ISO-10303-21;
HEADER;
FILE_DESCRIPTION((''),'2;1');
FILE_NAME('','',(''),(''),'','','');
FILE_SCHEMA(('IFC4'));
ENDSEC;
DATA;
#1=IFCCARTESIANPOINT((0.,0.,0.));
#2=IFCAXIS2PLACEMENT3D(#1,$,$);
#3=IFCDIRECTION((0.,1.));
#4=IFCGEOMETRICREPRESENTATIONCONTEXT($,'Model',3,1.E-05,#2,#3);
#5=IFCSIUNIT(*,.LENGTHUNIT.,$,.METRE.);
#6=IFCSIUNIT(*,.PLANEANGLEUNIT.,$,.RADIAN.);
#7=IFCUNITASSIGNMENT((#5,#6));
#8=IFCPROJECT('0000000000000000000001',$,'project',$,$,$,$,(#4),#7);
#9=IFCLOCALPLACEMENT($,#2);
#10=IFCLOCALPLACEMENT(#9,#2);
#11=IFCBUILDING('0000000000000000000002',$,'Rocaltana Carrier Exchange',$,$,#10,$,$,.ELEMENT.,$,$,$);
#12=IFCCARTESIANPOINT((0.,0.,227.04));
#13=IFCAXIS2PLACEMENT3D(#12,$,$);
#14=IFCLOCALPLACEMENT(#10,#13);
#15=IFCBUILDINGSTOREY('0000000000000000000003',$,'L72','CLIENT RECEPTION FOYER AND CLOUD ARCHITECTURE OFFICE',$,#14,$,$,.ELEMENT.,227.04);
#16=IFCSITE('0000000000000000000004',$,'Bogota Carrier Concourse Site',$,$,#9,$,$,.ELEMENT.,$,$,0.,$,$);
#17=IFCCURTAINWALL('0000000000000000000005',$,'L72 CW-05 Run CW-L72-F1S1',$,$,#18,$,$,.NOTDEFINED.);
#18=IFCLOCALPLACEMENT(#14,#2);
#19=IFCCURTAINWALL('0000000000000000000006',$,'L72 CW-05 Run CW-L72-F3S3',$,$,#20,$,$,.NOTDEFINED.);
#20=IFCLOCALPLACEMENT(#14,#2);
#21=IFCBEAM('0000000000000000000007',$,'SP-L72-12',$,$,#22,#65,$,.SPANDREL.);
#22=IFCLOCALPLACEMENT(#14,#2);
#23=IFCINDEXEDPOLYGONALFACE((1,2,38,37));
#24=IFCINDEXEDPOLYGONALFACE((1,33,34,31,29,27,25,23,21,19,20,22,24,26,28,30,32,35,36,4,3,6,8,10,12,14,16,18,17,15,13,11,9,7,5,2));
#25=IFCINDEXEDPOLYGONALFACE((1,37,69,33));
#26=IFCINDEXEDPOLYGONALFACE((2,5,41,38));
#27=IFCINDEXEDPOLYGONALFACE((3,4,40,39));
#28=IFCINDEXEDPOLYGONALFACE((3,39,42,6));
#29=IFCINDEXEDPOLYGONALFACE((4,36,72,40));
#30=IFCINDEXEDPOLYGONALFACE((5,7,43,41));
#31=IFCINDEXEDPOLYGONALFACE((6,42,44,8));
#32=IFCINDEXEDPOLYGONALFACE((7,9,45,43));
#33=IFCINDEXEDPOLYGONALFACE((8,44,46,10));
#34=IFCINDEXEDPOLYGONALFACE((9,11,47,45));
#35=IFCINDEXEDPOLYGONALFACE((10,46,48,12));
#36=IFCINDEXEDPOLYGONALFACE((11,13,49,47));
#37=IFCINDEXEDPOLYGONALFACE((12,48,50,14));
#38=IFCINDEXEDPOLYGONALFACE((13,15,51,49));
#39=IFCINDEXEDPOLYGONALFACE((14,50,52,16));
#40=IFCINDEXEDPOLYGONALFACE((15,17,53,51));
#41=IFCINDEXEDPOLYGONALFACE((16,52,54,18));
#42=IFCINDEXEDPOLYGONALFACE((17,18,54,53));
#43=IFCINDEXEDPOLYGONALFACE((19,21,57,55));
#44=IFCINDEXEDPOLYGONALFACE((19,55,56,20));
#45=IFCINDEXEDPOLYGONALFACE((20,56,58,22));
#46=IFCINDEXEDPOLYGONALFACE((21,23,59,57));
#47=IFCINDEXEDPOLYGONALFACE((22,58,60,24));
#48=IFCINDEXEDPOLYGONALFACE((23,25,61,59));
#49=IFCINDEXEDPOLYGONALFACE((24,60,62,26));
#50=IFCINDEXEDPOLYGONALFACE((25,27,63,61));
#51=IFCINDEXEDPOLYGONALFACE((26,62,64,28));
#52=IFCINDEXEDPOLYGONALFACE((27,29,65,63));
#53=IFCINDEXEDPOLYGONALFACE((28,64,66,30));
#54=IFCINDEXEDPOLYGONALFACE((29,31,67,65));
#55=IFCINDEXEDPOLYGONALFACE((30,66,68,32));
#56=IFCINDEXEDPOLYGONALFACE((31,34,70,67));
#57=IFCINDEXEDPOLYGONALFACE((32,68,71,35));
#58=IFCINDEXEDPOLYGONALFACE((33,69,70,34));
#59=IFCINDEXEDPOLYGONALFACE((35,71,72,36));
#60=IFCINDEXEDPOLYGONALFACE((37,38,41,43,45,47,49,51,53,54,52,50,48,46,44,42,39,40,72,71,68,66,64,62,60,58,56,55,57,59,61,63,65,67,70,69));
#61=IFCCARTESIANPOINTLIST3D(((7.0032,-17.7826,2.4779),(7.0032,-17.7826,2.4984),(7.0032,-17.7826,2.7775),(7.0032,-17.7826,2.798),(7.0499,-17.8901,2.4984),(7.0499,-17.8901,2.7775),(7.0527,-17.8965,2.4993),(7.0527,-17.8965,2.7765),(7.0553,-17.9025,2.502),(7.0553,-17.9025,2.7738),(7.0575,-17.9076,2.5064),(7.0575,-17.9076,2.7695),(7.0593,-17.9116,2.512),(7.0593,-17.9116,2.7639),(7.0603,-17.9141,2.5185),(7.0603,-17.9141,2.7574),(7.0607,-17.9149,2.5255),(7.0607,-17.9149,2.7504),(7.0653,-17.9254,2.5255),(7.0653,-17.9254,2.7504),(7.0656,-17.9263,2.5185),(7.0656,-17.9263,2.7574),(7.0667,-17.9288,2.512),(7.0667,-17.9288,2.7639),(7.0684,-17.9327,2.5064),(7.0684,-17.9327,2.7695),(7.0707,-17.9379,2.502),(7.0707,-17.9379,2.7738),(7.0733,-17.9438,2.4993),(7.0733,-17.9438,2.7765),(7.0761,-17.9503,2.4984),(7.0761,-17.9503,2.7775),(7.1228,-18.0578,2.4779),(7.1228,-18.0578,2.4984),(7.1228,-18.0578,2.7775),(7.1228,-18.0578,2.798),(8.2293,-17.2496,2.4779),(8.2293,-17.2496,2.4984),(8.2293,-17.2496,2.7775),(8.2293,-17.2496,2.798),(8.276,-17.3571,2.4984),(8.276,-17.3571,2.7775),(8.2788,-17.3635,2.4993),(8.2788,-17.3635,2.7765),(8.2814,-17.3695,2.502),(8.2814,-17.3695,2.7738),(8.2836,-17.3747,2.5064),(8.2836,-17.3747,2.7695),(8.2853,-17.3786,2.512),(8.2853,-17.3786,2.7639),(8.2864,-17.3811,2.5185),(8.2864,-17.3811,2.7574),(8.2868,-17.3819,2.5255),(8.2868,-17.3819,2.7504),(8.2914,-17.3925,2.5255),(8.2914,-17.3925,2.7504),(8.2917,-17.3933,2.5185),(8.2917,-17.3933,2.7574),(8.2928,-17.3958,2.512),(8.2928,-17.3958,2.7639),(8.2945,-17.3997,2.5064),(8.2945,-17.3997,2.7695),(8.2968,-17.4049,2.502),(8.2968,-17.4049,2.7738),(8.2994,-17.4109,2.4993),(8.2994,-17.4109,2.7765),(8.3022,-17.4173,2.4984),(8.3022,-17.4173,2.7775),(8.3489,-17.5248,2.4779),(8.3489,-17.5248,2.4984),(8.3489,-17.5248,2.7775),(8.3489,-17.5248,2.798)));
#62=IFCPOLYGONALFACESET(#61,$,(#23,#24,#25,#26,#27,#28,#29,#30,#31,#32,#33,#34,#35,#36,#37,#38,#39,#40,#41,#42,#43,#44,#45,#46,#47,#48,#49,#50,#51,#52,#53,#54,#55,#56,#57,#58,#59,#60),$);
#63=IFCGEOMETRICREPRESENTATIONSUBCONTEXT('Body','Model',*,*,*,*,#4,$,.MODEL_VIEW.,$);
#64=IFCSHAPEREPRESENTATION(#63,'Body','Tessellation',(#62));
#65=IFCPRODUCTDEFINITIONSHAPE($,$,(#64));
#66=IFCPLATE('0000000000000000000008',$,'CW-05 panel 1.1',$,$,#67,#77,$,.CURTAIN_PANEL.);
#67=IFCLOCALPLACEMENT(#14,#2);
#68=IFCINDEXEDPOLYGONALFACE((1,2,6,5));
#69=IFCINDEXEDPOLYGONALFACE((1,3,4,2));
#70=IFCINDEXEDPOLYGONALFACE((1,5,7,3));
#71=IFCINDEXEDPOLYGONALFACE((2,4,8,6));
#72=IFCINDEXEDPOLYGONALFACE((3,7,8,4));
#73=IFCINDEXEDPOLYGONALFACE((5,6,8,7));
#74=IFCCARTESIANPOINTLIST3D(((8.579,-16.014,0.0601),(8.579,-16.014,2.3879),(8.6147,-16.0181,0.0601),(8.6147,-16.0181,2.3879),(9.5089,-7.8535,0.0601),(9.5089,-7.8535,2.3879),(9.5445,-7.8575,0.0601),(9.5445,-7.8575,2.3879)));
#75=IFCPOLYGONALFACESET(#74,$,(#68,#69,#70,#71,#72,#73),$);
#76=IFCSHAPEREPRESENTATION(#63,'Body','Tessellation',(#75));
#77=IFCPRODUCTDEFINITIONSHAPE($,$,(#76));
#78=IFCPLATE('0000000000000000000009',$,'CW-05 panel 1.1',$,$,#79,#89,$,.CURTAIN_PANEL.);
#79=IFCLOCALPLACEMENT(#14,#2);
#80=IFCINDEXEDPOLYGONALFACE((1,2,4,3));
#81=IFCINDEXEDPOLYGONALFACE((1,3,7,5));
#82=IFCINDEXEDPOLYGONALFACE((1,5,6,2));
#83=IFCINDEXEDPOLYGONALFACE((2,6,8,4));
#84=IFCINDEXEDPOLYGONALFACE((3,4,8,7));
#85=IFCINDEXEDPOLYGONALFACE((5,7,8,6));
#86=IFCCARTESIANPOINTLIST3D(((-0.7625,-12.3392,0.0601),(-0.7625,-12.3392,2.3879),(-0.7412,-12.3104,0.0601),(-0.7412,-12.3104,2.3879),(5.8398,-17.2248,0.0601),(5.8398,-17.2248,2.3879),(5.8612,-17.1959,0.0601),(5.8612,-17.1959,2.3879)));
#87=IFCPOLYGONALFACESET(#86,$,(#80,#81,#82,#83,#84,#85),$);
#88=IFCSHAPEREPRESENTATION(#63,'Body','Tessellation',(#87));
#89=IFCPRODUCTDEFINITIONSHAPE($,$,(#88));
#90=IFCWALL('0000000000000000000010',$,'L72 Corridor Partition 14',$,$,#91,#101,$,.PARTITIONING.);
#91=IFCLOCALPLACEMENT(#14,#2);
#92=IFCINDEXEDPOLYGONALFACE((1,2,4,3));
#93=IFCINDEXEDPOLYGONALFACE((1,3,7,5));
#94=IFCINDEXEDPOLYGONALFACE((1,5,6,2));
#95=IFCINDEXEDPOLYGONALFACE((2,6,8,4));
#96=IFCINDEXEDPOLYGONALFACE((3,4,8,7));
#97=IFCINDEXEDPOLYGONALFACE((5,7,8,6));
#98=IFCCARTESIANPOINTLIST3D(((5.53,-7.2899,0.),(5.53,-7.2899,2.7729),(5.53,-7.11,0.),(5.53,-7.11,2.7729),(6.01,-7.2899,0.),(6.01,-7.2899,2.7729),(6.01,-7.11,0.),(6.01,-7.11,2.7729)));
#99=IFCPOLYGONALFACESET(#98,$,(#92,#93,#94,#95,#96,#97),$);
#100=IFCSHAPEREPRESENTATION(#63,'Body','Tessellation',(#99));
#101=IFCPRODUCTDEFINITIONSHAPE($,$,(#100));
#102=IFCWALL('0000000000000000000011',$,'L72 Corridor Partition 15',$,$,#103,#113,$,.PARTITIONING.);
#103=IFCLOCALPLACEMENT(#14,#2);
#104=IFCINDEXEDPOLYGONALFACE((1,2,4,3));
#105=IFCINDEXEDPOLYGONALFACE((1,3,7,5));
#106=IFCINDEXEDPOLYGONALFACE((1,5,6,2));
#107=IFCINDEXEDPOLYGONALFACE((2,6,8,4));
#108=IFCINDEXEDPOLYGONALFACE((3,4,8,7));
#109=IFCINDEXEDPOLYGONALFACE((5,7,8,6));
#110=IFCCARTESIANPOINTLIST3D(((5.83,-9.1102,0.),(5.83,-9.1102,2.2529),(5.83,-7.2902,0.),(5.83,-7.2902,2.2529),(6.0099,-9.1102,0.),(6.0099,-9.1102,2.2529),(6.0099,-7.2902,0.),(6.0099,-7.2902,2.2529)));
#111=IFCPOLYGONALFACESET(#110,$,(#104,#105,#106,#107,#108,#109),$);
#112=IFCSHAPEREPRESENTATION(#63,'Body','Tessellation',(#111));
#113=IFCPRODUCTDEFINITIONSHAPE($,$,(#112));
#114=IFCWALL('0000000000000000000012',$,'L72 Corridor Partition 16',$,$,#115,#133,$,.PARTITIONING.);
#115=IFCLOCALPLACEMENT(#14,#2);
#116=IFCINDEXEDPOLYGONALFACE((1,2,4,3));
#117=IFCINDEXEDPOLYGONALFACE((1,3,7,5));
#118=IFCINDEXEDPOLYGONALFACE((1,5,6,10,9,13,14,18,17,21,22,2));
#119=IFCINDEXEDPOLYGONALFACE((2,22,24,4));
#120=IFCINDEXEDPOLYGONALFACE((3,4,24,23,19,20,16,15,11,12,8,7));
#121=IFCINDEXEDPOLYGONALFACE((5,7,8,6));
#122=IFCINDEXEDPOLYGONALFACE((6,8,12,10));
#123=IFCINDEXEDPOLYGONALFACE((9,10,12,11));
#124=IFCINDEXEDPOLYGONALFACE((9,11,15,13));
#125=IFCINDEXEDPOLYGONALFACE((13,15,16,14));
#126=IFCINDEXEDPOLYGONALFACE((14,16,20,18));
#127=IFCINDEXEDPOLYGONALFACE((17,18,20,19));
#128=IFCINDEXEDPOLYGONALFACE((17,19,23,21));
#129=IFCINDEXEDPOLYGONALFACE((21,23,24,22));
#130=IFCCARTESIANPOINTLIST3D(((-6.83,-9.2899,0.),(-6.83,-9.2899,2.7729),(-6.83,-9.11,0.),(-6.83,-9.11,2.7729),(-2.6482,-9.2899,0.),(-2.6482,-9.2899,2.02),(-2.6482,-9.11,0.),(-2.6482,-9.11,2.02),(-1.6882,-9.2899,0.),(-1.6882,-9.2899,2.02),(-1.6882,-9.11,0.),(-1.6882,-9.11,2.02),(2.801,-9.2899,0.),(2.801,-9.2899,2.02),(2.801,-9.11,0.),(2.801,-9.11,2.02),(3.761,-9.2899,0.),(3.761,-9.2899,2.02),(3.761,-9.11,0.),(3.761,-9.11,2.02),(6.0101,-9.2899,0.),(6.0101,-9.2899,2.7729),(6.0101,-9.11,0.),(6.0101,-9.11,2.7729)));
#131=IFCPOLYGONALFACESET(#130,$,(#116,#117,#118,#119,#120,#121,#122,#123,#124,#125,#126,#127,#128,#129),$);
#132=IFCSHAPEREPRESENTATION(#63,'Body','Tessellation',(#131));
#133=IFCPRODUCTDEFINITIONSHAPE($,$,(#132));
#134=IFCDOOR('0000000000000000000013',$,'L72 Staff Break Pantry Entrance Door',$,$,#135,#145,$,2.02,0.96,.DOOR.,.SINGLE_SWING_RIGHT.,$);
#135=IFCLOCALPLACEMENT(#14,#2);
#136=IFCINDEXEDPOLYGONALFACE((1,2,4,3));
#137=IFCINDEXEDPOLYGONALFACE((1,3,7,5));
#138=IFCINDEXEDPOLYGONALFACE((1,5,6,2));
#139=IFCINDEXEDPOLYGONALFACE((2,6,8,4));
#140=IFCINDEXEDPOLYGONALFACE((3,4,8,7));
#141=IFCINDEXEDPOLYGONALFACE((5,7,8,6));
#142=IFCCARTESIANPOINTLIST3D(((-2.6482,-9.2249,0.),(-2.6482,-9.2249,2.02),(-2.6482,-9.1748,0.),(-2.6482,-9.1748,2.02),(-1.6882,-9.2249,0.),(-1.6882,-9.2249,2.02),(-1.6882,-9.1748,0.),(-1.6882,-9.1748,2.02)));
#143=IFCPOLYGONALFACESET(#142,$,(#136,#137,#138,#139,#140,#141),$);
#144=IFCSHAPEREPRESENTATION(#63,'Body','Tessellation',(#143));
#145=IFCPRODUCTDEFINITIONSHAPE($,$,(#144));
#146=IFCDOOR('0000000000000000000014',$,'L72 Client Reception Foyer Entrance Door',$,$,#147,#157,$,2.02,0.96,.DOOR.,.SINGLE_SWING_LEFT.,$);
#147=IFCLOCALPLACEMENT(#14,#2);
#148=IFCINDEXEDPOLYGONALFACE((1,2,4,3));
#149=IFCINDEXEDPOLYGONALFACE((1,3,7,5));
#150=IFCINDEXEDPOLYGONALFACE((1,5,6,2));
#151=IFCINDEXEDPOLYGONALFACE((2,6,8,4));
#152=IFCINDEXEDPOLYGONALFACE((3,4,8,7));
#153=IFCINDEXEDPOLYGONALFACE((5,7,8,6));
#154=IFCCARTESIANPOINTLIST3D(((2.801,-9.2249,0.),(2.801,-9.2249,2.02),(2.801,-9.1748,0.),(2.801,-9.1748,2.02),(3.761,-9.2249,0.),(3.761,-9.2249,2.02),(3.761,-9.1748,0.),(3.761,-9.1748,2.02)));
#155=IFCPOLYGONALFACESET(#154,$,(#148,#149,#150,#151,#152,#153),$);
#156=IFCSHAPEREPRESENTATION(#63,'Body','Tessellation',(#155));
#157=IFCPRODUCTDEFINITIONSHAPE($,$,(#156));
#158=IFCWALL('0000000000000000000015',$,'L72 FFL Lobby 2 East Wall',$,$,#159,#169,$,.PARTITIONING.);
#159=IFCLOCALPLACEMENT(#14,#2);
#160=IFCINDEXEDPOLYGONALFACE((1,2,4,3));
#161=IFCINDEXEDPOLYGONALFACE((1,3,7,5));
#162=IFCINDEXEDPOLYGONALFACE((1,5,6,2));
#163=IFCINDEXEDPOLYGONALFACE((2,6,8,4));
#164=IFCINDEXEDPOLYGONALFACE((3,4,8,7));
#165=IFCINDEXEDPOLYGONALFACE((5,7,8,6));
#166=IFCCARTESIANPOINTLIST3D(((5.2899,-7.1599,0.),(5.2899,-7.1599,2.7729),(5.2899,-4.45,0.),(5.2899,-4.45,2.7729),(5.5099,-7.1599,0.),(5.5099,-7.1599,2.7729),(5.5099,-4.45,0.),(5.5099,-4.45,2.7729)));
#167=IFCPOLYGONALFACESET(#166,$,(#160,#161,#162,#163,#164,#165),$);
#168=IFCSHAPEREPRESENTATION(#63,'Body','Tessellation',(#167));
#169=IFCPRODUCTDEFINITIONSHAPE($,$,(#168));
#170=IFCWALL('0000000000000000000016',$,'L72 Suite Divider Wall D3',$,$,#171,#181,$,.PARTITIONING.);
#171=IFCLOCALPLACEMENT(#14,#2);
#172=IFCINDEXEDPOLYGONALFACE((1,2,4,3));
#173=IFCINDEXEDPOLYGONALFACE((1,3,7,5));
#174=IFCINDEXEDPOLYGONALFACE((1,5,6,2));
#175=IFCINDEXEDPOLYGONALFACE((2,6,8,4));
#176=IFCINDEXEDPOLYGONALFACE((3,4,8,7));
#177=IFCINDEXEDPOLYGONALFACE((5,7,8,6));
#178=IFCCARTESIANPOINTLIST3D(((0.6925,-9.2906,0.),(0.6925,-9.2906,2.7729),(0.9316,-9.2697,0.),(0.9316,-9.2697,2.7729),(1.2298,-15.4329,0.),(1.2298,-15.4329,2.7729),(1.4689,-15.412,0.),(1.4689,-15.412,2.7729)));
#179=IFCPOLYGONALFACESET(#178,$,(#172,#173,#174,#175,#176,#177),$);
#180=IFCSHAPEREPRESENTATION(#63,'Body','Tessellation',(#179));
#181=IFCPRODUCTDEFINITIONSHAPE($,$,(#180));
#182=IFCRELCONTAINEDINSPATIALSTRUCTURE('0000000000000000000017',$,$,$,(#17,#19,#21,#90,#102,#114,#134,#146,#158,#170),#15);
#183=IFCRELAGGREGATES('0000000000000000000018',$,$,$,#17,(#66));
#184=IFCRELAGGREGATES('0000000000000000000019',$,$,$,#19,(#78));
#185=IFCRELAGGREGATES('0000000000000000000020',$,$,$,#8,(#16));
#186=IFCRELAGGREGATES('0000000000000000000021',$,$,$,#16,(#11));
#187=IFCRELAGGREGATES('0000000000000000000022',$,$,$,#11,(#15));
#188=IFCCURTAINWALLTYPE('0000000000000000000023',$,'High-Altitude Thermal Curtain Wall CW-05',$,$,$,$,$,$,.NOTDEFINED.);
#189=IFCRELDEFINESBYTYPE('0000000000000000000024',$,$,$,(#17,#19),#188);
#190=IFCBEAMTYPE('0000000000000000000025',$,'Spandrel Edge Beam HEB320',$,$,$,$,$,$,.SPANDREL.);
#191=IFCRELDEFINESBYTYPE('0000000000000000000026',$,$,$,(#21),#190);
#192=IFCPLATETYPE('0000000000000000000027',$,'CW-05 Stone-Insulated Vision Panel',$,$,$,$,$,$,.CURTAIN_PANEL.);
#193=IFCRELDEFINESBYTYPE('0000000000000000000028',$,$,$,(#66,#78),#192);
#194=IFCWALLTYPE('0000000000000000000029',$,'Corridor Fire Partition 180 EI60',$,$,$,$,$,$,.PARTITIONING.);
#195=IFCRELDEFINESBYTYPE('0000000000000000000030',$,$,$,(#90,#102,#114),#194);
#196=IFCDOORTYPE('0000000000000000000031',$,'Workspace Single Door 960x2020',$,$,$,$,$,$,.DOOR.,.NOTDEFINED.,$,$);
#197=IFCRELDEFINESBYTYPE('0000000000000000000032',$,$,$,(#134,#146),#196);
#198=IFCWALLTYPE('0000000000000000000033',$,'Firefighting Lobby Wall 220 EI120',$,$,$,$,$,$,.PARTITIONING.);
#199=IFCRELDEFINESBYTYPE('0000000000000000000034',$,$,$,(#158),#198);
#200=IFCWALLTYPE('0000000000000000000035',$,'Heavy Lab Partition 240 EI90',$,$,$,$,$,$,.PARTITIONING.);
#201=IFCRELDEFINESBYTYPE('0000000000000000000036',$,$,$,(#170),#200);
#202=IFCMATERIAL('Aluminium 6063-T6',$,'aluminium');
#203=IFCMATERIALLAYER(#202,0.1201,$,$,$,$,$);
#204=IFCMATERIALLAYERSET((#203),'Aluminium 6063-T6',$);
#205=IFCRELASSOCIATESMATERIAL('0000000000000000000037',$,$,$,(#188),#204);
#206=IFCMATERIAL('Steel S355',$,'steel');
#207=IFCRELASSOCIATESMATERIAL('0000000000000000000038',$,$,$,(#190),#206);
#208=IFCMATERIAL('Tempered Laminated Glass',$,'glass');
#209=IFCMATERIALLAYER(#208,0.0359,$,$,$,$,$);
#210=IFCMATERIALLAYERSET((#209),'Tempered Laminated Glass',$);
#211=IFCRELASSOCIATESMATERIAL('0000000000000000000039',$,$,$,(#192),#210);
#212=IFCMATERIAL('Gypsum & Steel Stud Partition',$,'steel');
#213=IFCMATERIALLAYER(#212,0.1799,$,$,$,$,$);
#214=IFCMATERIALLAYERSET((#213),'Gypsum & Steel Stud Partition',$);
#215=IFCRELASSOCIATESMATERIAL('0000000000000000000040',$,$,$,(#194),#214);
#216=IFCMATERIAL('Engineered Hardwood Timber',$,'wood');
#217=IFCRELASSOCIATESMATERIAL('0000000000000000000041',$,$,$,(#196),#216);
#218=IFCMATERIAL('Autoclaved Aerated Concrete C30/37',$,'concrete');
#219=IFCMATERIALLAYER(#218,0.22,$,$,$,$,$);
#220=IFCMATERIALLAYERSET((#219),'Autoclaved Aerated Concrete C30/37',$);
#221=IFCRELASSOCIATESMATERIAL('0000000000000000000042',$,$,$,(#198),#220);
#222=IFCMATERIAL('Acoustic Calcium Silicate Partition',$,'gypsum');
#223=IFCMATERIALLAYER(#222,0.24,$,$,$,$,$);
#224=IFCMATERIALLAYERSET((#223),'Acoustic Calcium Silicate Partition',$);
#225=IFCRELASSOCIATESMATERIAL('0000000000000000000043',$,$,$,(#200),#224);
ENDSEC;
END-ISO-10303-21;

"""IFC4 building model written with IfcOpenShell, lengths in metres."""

from ifc_helpers import new_model, si_unit, direction, frame, frame_2d, origin, origin_2d, place, context, subcontext, project, spatial, rectangle, i_section, extrude, material, layer, layer_set, material_profile, profile_set, type_object, element, fill, aggregate, save


model = new_model("IFC4")

# Units and contexts
model_context = context("Model", 3, precision=1e-05, world=origin(), true_north=direction((0.0, 1.0)))
body_context = subcontext(model_context, "Body", "Model", "MODEL_VIEW")
ifc_project = project(units=[si_unit("LENGTHUNIT", "METRE"), si_unit("PLANEANGLEUNIT", "RADIAN")], contexts=[model_context])

# Site, building, storey
site_placement = place(None, origin())
site = spatial("IfcSite", under=ifc_project, at=site_placement, Name="Bogota Carrier Concourse Site", CompositionType="ELEMENT", RefElevation=0.0)
building_placement = place(site_placement, origin())
building = spatial("IfcBuilding", under=site, at=building_placement, Name="Rocaltana Carrier Exchange", CompositionType="ELEMENT")
storey_placement = place(building_placement, frame((0.0, 0.0, 227.04)))
storey = spatial("IfcBuildingStorey", under=building, at=storey_placement, Name="L72", Description="CLIENT RECEPTION FOYER AND CLOUD ARCHITECTURE OFFICE", CompositionType="ELEMENT", Elevation=227.04)

# Curtain wall
ifc_material_1 = material(Name="Aluminium 6063-T6", Category="aluminium")
ifc_layer_1 = layer(ifc_material_1, 0.1201)
ifc_layer_set_1 = layer_set([ifc_layer_1], Name="Aluminium 6063-T6")
curtain_wall_type = type_object("IfcCurtainWallType", Name="High-Altitude Thermal Curtain Wall CW-05", PredefinedType="NOTDEFINED", material=ifc_layer_set_1)
curtain_wall_1_placement = place(storey_placement, origin())
curtain_wall_1 = element("IfcCurtainWall", 1, at=curtain_wall_1_placement, inside=storey, type_object=curtain_wall_type, Name="L72 CW-05 Run CW-L72-F1S1", PredefinedType="NOTDEFINED")

# Curtain wall
curtain_wall_2_placement = place(storey_placement, origin())
curtain_wall_2 = element("IfcCurtainWall", 2, at=curtain_wall_2_placement, inside=storey, type_object=curtain_wall_type, Name="L72 CW-05 Run CW-L72-F3S3", PredefinedType="NOTDEFINED")

# Beam
ifc_material_2 = material(Name="Steel S355", Category="steel")
ifc_material_profile_1 = material_profile(ifc_material_2, i_section(OverallWidth=0.3, OverallDepth=0.3201, WebThickness=0.0115, FlangeThickness=0.0205, FilletRadius=0.0271, at=origin_2d()), Name="HEB320")
ifc_profile_set_1 = profile_set([ifc_material_profile_1], Name="Steel S355")
beam_type_1 = type_object("IfcBeamType", Name="Spandrel Edge Beam HEB320", PredefinedType="SPANDREL", material=ifc_profile_set_1)
beam_1_placement = place(storey_placement, frame((7.063, -17.9202, 2.6379), z_axis=(0.917102, 0.398653, 0.0), x_axis=(-0.398653, 0.917102, 0.0)))
element("IfcBeam", 3, at=beam_1_placement, inside=storey, type_object=beam_type_1, Name="SP-L72-12", PredefinedType="SPANDREL", context=body_context, shape_type="SweptSolid", body=[
    extrude(i_section(OverallWidth=0.3, OverallDepth=0.3201, WebThickness=0.0115, FlangeThickness=0.0205, FilletRadius=0.0271, at=origin_2d()), origin(), (0.0, 0.0, 1.0), 1.3369),
])

# Plates
ifc_material_3 = material(Name="Tempered Laminated Glass", Category="glass")
ifc_layer_2 = layer(ifc_material_3, 0.0359)
ifc_layer_set_2 = layer_set([ifc_layer_2], Name="Tempered Laminated Glass")
plate_type = type_object("IfcPlateType", Name="CW-05 Stone-Insulated Vision Panel", PredefinedType="CURTAIN_PANEL", material=ifc_layer_set_2)
plate_1_placement = place(storey_placement, frame((9.0618, -11.9358, 0.0601), z_axis=(0.0, 0.0, 1.0), x_axis=(0.113209, 0.993571, 0.0)))
plate_1 = element("IfcPlate", 4, at=plate_1_placement, type_object=plate_type, Name="CW-05 panel 1.1", PredefinedType="CURTAIN_PANEL", context=body_context, shape_type="SweptSolid", body=[
    extrude(rectangle(XDim=8.2134, YDim=0.0359, at=origin_2d()), origin(), (0.0, 0.0, 1.0), 2.3279),
])
aggregate(curtain_wall_1, [plate_1])
plate_2_placement = place(storey_placement, frame((2.5493, -14.7676, 0.0601), z_axis=(0.0, 0.0, 1.0), x_axis=(0.803854, -0.594827, 0.0)))
plate_2 = element("IfcPlate", 5, at=plate_2_placement, type_object=plate_type, Name="CW-05 panel 1.1", PredefinedType="CURTAIN_PANEL", context=body_context, shape_type="SweptSolid", body=[
    extrude(rectangle(XDim=8.2134, YDim=0.0359, at=origin_2d()), origin(), (0.0, 0.0, 1.0), 2.3279),
])
aggregate(curtain_wall_2, [plate_2])

# Walls
ifc_material_4 = material(Name="Gypsum & Steel Stud Partition", Category="steel")
ifc_layer_3 = layer(ifc_material_4, 0.1799)
ifc_layer_set_3 = layer_set([ifc_layer_3], Name="Gypsum & Steel Stud Partition")
wall_type_1 = type_object("IfcWallType", Name="Corridor Fire Partition 180 EI60", PredefinedType="PARTITIONING", material=ifc_layer_set_3)
wall_1_placement = place(storey_placement, frame((5.53, -7.2, 0.0), z_axis=(0.0, 0.0, 1.0), x_axis=(1.0, 0.0, 0.0)))
element("IfcWall", 6, at=wall_1_placement, inside=storey, type_object=wall_type_1, Name="L72 Corridor Partition 14", PredefinedType="PARTITIONING", context=body_context, shape_type="SweptSolid", body=[
    extrude(rectangle(XDim=0.48, YDim=0.1799, at=frame_2d((0.24, 0.0))), origin(), (0.0, 0.0, 1.0), 2.7729),
])
wall_2_placement = place(storey_placement, frame((5.9199, -7.29, 0.0), z_axis=(0.0, 0.0, 1.0), x_axis=(0.0, -1.0, 0.0)))
element("IfcWall", 7, at=wall_2_placement, inside=storey, type_object=wall_type_1, Name="L72 Corridor Partition 15", PredefinedType="PARTITIONING", context=body_context, shape_type="SweptSolid", body=[
    extrude(rectangle(XDim=1.8201, YDim=0.1799, at=frame_2d((0.9102, 0.0))), origin(), (0.0, 0.0, 1.0), 2.2529),
])

# Wall, openings, doors
wall_3_placement = place(storey_placement, frame((6.01, -9.2, 0.0), z_axis=(0.0, 0.0, 1.0), x_axis=(-1.0, 0.0, 0.0)))
wall_3 = element("IfcWall", 8, at=wall_3_placement, inside=storey, type_object=wall_type_1, Name="L72 Corridor Partition 16", PredefinedType="PARTITIONING", context=body_context, shape_type="SweptSolid", body=[
    extrude(rectangle(XDim=12.8401, YDim=0.1799, at=frame_2d((6.4199, 0.0))), origin(), (0.0, 0.0, 1.0), 2.7729),
])
opening_1_placement = place(wall_3_placement, frame((7.6982, 0.0, 0.0)))
opening_1 = element("IfcOpeningElement", 9, at=opening_1_placement, cuts=wall_3, PredefinedType="OPENING", context=body_context, shape_type="SweptSolid", body=[
    extrude(rectangle(XDim=0.96, YDim=2.02, at=frame_2d((0.48, 1.01))), frame((0.0, 0.0999, 0.0), z_axis=(0.0, -1.0, 0.0), x_axis=(1.0, 0.0, 0.0)), (0.0, 0.0, 1.0), 0.2),
])
opening_2_placement = place(wall_3_placement, frame((2.249, 0.0, 0.0)))
opening_2 = element("IfcOpeningElement", 10, at=opening_2_placement, cuts=wall_3, PredefinedType="OPENING", context=body_context, shape_type="SweptSolid", body=[
    extrude(rectangle(XDim=0.96, YDim=2.02, at=frame_2d((0.48, 1.01))), frame((0.0, 0.0999, 0.0), z_axis=(0.0, -1.0, 0.0), x_axis=(1.0, 0.0, 0.0)), (0.0, 0.0, 1.0), 0.2),
])
ifc_material_5 = material(Name="Engineered Hardwood Timber", Category="wood")
door_type = type_object("IfcDoorType", Name="Workspace Single Door 960x2020", OperationType="NOTDEFINED", PredefinedType="DOOR", material=ifc_material_5)
door_1_placement = place(opening_1_placement, origin())
door_1 = element("IfcDoor", 11, at=door_1_placement, inside=storey, type_object=door_type, Name="L72 Staff Break Pantry Entrance Door", OperationType="SINGLE_SWING_RIGHT", OverallHeight=2.02, OverallWidth=0.96, PredefinedType="DOOR", context=body_context, shape_type="SweptSolid", body=[
    extrude(rectangle(XDim=0.96, YDim=2.02, at=frame_2d((0.48, 1.01))), frame((0.0, 0.0249, 0.0), z_axis=(0.0, -1.0, 0.0), x_axis=(1.0, 0.0, 0.0)), (0.0, 0.0, 1.0), 0.05),
])
fill(opening_1, door_1)
door_2_placement = place(opening_2_placement, origin())
door_2 = element("IfcDoor", 12, at=door_2_placement, inside=storey, type_object=door_type, Name="L72 Client Reception Foyer Entrance Door", OperationType="SINGLE_SWING_LEFT", OverallHeight=2.02, OverallWidth=0.96, PredefinedType="DOOR", context=body_context, shape_type="SweptSolid", body=[
    extrude(rectangle(XDim=0.96, YDim=2.02, at=frame_2d((0.48, 1.01))), frame((0.0, 0.0249, 0.0), z_axis=(0.0, -1.0, 0.0), x_axis=(1.0, 0.0, 0.0)), (0.0, 0.0, 1.0), 0.05),
])
fill(opening_2, door_2)

# Walls
ifc_material_6 = material(Name="Autoclaved Aerated Concrete C30/37", Category="concrete")
ifc_layer_4 = layer(ifc_material_6, 0.22)
ifc_layer_set_4 = layer_set([ifc_layer_4], Name="Autoclaved Aerated Concrete C30/37")
wall_type_2 = type_object("IfcWallType", Name="Firefighting Lobby Wall 220 EI120", PredefinedType="PARTITIONING", material=ifc_layer_set_4)
wall_4_placement = place(storey_placement, frame((5.3999, -7.1599, 0.0), z_axis=(0.0, 0.0, 1.0), x_axis=(0.0, 1.0, 0.0)))
element("IfcWall", 13, at=wall_4_placement, inside=storey, type_object=wall_type_2, Name="L72 FFL Lobby 2 East Wall", PredefinedType="PARTITIONING", context=body_context, shape_type="SweptSolid", body=[
    extrude(rectangle(XDim=2.71, YDim=0.22, at=frame_2d((1.355, 0.0))), origin(), (0.0, 0.0, 1.0), 2.7729),
])
ifc_material_7 = material(Name="Acoustic Calcium Silicate Partition", Category="gypsum")
ifc_layer_5 = layer(ifc_material_7, 0.24)
ifc_layer_set_5 = layer_set([ifc_layer_5], Name="Acoustic Calcium Silicate Partition")
wall_type_3 = type_object("IfcWallType", Name="Heavy Lab Partition 240 EI90", PredefinedType="PARTITIONING", material=ifc_layer_set_5)
wall_5_placement = place(storey_placement, frame((0.812, -9.28, 0.0), z_axis=(0.0, 0.0, 1.0), x_axis=(0.087151, -0.996195, 0.0)))
element("IfcWall", 14, at=wall_5_placement, inside=storey, type_object=wall_type_3, Name="L72 Suite Divider Wall D3", PredefinedType="PARTITIONING", context=body_context, shape_type="SweptSolid", body=[
    extrude(rectangle(XDim=6.1658, YDim=0.24, at=frame_2d((3.083, 0.0))), origin(), (0.0, 0.0, 1.0), 2.7729),
])

save(model, "model.ifc")
